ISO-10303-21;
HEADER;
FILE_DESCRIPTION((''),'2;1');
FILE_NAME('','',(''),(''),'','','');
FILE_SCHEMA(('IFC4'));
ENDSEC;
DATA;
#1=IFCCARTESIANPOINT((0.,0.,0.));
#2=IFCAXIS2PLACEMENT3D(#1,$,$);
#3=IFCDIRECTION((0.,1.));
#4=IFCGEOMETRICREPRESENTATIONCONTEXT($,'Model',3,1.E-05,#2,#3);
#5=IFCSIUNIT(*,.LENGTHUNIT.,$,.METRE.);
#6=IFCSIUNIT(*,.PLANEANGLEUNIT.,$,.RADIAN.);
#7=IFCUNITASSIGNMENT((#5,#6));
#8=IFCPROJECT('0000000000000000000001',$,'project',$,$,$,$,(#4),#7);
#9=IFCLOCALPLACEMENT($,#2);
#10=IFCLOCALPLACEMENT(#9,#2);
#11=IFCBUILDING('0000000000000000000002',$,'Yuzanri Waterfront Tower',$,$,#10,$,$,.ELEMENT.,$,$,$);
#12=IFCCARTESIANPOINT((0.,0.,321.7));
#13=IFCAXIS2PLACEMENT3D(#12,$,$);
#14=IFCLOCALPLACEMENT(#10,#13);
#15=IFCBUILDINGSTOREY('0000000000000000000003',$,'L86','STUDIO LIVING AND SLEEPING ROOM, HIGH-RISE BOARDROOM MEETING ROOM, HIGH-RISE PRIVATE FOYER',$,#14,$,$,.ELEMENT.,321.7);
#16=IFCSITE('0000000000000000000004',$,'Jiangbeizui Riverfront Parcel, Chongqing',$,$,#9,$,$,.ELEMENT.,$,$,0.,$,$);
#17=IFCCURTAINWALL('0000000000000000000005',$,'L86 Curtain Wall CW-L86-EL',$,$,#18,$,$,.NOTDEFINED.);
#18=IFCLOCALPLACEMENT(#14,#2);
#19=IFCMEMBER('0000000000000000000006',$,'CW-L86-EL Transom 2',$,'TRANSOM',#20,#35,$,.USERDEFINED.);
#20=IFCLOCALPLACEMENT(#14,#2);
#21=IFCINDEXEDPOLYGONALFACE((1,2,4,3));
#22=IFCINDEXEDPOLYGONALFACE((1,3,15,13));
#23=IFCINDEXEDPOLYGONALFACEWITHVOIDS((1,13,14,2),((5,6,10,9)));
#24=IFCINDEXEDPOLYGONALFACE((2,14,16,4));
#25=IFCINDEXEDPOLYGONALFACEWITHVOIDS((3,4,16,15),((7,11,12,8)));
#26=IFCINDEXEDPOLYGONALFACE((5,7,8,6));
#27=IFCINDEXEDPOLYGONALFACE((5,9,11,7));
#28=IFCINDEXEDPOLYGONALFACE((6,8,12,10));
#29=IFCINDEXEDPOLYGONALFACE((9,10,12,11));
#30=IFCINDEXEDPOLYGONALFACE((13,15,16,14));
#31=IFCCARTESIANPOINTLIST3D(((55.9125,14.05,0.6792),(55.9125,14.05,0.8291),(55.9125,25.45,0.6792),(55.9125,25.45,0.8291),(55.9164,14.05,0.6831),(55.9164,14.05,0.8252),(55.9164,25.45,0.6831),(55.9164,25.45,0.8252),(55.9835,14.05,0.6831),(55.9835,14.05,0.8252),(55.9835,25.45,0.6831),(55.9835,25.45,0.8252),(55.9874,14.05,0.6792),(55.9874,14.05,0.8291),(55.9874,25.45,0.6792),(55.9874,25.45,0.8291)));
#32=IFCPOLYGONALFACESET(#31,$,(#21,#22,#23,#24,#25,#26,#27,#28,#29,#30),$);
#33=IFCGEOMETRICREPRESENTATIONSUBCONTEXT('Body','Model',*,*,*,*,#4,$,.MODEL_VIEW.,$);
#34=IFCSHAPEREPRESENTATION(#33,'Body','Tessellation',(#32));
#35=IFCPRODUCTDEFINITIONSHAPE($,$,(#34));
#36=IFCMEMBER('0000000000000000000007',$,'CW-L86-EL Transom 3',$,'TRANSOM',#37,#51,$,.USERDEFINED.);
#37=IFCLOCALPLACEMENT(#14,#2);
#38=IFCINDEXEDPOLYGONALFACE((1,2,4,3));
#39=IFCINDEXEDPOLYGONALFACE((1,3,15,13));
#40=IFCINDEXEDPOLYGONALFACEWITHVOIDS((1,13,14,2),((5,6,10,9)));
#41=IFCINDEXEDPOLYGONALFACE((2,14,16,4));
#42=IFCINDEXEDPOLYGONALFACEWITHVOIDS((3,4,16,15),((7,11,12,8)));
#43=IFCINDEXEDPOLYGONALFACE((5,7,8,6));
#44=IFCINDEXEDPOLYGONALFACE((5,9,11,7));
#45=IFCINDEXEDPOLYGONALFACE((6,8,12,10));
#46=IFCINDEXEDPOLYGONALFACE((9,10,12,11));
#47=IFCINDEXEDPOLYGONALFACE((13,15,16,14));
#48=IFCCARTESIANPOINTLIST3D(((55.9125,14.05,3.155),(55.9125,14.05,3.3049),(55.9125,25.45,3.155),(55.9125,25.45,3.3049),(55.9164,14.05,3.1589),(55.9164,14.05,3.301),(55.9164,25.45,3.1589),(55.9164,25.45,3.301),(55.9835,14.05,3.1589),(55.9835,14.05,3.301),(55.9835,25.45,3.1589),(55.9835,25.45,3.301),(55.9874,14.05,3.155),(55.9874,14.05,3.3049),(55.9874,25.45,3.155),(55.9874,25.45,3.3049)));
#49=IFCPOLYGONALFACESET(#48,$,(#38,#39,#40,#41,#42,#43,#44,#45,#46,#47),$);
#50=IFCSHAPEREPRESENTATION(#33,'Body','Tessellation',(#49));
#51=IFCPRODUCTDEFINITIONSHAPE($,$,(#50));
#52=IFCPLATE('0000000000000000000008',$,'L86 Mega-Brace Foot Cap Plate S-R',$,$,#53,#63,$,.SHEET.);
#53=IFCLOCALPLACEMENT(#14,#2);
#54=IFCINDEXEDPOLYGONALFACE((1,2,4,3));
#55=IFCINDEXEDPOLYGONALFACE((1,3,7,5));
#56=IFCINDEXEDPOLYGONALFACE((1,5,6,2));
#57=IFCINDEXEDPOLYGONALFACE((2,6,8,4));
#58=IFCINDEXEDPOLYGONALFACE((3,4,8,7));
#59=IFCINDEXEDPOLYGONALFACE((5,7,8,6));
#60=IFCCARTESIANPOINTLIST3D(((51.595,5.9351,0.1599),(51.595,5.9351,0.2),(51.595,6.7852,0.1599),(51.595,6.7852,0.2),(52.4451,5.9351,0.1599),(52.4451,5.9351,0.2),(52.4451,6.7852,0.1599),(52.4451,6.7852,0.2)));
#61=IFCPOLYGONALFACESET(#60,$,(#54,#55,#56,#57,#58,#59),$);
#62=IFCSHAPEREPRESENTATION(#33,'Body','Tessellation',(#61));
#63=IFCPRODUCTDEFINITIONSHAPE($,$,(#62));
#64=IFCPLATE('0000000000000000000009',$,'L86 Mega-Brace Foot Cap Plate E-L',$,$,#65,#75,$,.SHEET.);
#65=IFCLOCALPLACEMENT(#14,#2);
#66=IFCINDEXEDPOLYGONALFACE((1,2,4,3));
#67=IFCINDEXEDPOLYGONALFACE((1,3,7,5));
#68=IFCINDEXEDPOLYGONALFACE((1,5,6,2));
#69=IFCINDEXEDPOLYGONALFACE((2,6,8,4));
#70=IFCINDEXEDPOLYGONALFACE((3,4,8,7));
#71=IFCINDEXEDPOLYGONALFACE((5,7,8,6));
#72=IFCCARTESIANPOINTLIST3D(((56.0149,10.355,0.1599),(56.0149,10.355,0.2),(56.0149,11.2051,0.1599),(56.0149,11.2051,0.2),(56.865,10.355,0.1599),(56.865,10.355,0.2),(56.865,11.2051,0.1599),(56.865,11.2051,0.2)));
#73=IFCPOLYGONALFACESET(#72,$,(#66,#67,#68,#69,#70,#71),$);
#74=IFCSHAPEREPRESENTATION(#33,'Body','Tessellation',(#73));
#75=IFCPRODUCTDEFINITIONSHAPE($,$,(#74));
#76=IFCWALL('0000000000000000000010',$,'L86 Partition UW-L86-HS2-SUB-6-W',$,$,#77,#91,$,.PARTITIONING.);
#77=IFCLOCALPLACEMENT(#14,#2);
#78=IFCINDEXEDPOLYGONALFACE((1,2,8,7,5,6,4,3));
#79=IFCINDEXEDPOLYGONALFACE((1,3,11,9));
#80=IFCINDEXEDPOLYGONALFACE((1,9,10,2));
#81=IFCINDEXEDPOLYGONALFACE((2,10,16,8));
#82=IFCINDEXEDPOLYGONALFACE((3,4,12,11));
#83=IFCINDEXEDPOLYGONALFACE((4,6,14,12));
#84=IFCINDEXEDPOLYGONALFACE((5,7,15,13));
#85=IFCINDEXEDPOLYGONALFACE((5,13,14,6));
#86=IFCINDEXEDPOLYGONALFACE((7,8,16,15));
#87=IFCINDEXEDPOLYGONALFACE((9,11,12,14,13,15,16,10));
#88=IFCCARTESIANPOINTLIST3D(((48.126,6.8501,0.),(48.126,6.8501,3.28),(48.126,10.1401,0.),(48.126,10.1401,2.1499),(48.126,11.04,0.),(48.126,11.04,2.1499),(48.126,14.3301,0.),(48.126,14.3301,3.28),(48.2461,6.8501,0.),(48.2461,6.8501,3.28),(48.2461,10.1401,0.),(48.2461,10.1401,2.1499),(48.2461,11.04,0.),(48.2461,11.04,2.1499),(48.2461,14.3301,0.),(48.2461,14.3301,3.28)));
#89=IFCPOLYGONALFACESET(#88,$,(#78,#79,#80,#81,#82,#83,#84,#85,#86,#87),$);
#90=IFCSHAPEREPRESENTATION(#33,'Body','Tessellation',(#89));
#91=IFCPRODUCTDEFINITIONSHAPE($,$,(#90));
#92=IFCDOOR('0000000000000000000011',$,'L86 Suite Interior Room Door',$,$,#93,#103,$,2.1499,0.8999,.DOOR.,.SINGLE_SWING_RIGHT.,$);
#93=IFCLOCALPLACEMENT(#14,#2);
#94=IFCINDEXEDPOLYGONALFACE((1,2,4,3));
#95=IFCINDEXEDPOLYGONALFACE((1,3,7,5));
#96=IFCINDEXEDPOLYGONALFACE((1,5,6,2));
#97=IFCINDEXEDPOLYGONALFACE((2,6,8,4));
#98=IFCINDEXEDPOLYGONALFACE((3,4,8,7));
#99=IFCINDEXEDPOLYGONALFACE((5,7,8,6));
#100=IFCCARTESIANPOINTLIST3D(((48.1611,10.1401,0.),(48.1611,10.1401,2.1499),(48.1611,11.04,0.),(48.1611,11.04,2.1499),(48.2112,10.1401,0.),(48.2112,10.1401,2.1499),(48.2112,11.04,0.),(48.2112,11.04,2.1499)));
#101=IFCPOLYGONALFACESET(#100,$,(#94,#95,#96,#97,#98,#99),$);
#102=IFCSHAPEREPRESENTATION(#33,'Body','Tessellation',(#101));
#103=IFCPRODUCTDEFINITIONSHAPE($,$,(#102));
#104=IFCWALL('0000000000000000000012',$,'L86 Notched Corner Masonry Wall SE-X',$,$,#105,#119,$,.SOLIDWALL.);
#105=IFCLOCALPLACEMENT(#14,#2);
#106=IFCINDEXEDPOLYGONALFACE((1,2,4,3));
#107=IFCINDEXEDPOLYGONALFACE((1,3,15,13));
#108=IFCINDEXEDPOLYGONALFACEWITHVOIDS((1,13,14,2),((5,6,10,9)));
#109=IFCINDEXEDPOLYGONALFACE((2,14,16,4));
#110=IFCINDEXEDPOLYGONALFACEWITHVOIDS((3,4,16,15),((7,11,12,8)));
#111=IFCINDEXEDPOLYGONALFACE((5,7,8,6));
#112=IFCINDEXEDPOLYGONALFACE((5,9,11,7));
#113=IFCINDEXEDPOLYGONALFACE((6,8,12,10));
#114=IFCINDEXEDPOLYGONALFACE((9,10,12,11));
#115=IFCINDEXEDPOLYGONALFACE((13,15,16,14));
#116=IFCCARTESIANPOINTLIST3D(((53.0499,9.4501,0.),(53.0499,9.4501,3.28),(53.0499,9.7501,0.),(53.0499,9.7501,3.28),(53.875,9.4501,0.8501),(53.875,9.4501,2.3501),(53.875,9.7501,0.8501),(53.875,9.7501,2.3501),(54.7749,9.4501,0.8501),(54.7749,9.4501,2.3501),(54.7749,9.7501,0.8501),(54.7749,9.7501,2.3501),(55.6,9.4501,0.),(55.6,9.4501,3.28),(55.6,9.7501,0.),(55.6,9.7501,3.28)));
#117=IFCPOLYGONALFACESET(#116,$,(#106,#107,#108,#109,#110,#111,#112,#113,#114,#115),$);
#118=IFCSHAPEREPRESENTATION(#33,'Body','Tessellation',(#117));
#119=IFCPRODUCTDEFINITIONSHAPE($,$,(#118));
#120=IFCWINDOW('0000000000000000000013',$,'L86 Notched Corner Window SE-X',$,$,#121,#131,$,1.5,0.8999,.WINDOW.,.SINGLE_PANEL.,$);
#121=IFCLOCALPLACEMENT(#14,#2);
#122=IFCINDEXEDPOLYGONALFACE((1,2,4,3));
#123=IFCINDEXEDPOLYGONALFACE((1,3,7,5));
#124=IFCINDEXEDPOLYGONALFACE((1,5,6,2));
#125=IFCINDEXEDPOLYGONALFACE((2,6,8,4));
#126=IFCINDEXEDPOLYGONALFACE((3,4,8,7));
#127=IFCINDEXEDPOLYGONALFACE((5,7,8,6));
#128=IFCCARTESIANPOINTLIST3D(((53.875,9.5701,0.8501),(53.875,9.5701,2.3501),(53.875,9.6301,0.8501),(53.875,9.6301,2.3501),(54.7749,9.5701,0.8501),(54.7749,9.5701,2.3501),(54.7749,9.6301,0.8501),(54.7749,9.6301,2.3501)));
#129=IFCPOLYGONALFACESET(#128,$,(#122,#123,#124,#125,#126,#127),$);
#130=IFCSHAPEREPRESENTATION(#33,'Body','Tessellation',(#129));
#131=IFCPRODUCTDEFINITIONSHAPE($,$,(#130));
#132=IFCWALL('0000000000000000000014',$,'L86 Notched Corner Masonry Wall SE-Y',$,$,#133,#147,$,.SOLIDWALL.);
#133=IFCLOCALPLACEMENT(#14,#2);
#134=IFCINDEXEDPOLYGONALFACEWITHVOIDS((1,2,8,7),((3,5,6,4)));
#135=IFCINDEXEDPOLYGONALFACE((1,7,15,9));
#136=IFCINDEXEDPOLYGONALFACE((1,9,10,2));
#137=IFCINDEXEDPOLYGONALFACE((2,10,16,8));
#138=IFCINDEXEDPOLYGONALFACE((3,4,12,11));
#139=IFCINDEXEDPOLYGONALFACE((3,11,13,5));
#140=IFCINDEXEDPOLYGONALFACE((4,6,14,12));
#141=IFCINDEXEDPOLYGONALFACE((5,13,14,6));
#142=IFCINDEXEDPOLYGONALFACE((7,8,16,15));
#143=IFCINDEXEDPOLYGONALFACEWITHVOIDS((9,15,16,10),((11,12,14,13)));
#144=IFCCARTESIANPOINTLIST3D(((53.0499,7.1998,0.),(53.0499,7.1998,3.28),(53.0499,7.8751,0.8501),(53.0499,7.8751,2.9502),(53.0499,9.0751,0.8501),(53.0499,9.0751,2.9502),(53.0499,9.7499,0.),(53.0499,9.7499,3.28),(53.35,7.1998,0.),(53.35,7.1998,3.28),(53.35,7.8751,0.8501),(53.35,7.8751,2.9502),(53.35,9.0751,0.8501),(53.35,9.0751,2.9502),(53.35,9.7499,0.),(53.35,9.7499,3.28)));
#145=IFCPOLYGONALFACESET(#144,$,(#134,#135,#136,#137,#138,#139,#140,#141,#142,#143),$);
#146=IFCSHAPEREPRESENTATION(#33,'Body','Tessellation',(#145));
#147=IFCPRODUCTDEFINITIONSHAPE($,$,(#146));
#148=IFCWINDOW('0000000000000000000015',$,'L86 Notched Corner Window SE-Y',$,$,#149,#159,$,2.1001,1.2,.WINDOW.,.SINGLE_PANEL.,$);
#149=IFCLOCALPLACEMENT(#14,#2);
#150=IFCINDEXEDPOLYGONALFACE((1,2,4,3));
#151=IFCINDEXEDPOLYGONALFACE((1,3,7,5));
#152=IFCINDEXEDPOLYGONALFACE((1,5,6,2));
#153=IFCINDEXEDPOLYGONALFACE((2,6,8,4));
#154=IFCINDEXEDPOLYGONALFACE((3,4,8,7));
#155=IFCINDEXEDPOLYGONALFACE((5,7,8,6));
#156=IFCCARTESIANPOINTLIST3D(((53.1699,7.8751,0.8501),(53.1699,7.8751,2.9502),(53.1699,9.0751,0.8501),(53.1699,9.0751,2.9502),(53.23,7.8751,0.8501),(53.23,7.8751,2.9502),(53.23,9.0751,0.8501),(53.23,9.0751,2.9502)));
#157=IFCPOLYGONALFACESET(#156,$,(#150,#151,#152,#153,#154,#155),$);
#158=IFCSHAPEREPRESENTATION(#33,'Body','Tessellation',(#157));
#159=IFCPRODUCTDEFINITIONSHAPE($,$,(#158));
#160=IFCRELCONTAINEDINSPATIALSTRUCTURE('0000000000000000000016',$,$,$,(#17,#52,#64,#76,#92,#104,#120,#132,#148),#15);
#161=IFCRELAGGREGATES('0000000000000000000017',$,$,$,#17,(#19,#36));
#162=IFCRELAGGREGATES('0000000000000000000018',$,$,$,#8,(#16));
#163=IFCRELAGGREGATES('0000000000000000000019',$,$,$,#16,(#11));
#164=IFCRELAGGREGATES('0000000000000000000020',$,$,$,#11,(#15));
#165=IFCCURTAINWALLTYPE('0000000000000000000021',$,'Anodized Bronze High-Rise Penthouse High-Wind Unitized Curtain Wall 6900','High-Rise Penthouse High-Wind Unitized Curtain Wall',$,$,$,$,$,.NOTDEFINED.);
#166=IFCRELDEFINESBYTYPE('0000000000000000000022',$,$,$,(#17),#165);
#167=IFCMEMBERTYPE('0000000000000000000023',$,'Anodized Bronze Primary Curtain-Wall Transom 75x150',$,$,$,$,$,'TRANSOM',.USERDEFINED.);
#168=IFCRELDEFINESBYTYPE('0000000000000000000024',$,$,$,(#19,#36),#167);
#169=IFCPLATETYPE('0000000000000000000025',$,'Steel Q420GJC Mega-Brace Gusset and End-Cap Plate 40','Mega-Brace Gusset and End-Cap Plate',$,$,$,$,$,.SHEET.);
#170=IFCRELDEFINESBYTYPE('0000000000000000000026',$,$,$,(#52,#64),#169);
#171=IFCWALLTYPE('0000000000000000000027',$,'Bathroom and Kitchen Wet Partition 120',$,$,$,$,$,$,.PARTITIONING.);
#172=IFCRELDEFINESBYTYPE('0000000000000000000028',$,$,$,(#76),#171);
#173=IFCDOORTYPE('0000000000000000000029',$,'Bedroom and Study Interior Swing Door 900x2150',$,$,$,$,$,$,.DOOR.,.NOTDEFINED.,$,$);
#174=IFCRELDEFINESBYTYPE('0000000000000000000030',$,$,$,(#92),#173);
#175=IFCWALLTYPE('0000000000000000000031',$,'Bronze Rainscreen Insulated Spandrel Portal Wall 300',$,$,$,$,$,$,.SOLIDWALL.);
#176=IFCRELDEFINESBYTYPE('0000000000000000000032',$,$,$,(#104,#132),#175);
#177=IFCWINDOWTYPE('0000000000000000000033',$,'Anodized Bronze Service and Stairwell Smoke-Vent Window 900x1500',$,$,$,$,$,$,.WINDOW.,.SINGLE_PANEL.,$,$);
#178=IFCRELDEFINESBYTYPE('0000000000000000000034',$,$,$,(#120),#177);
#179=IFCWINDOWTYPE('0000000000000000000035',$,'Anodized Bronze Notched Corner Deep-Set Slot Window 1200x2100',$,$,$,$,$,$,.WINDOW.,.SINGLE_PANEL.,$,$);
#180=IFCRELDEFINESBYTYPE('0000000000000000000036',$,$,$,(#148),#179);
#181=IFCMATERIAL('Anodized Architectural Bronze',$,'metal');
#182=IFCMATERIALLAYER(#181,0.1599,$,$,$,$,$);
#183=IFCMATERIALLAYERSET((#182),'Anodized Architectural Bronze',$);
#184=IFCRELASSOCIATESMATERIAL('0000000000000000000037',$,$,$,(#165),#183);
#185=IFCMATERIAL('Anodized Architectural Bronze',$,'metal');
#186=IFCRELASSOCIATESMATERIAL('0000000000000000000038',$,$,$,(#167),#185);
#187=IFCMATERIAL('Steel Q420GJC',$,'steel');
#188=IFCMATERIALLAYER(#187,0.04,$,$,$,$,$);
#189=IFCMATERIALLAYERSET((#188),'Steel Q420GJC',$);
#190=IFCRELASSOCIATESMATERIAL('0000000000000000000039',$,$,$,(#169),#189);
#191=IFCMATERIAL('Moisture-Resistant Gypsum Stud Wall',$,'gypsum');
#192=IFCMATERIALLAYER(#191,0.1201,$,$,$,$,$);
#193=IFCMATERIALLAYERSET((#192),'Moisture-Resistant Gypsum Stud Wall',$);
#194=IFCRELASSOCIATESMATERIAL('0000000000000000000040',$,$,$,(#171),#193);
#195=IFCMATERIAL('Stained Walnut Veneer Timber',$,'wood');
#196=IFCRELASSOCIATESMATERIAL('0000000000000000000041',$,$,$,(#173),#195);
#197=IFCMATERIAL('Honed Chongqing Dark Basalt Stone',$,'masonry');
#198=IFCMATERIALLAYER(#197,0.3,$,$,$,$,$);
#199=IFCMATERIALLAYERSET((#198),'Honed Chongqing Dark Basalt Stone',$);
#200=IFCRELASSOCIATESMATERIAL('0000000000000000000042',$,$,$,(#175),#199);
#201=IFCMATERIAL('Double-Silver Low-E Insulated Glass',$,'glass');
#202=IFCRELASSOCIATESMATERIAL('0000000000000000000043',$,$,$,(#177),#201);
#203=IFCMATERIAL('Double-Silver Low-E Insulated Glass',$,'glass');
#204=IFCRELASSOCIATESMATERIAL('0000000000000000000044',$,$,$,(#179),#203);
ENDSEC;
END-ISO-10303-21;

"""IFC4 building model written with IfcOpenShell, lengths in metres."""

from ifc_helpers import new_model, si_unit, direction, frame, frame_2d, origin, origin_2d, place, context, subcontext, project, spatial, rectangle, hollow_rectangle, extrude, source, transform, mapped, material, layer, layer_set, material_profile, profile_set, type_object, element, fill, aggregate, save


model = new_model("IFC4")

# Units and contexts
model_context = context("Model", 3, precision=1e-05, world=origin(), true_north=direction((0.0, 1.0)))
body_context = subcontext(model_context, "Body", "Model", "MODEL_VIEW")
ifc_project = project(units=[si_unit("LENGTHUNIT", "METRE"), si_unit("PLANEANGLEUNIT", "RADIAN")], contexts=[model_context])

# Site, building, storey
site_placement = place(None, origin())
site = spatial("IfcSite", under=ifc_project, at=site_placement, Name="Jiangbeizui Riverfront Parcel, Chongqing", CompositionType="ELEMENT", RefElevation=0.0)
building_placement = place(site_placement, origin())
building = spatial("IfcBuilding", under=site, at=building_placement, Name="Yuzanri Waterfront Tower", CompositionType="ELEMENT")
storey_placement = place(building_placement, frame((0.0, 0.0, 321.7)))
storey = spatial("IfcBuildingStorey", under=building, at=storey_placement, Name="L86", Description="STUDIO LIVING AND SLEEPING ROOM, HIGH-RISE BOARDROOM MEETING ROOM, HIGH-RISE PRIVATE FOYER", CompositionType="ELEMENT", Elevation=321.7)

# Curtain wall, members
ifc_material_1 = material(Name="Anodized Architectural Bronze", Category="metal")
ifc_layer_1 = layer(ifc_material_1, 0.1599)
ifc_layer_set_1 = layer_set([ifc_layer_1], Name="Anodized Architectural Bronze")
curtain_wall_type = type_object("IfcCurtainWallType", Name="Anodized Bronze High-Rise Penthouse High-Wind Unitized Curtain Wall 6900", Description="High-Rise Penthouse High-Wind Unitized Curtain Wall", PredefinedType="NOTDEFINED", material=ifc_layer_set_1)
curtain_wall_1_placement = place(storey_placement, origin())
curtain_wall_1 = element("IfcCurtainWall", 1, at=curtain_wall_1_placement, inside=storey, type_object=curtain_wall_type, Name="L86 Curtain Wall CW-L86-EL", PredefinedType="NOTDEFINED")
ifc_material_2 = material(Name="Anodized Architectural Bronze", Category="metal")
ifc_material_profile_1 = material_profile(ifc_material_2, hollow_rectangle(XDim=0.075, YDim=0.1499, WallThickness=0.0039, at=origin_2d()), Name="CWT 75x150")
ifc_profile_set_1 = profile_set([ifc_material_profile_1], Name="Anodized Architectural Bronze")
member_type_1 = type_object("IfcMemberType", Name="Anodized Bronze Primary Curtain-Wall Transom 75x150", ElementType="TRANSOM", PredefinedType="USERDEFINED", material=ifc_profile_set_1)
shared_shape_1 = source(origin(), body_context, "Body", "SweptSolid", [
    extrude(hollow_rectangle(XDim=0.075, YDim=0.1499, WallThickness=0.0039, at=origin_2d()), origin(), (0.0, 0.0, 1.0), 11.3999),
])
member_1_placement = place(storey_placement, frame((55.95, 14.05, 0.7542), z_axis=(0.0, 1.0, 0.0), x_axis=(-1.0, 0.0, 0.0)))
member_1 = element("IfcMember", 2, at=member_1_placement, type_object=member_type_1, Name="CW-L86-EL Transom 2", ObjectType="TRANSOM", PredefinedType="USERDEFINED", context=body_context, shape_type="MappedRepresentation", body=[
    mapped(shared_shape_1, transform((0.0, 0.0, 0.0), scale=1.0)),
])
member_2_placement = place(storey_placement, frame((55.95, 14.05, 3.23), z_axis=(0.0, 1.0, 0.0), x_axis=(-1.0, 0.0, 0.0)))
member_2 = element("IfcMember", 3, at=member_2_placement, type_object=member_type_1, Name="CW-L86-EL Transom 3", ObjectType="TRANSOM", PredefinedType="USERDEFINED", context=body_context, shape_type="MappedRepresentation", body=[
    mapped(shared_shape_1, transform((0.0, 0.0, 0.0), scale=1.0)),
])
aggregate(curtain_wall_1, [member_1, member_2])

# Plates
ifc_material_3 = material(Name="Steel Q420GJC", Category="steel")
ifc_layer_2 = layer(ifc_material_3, 0.04)
ifc_layer_set_2 = layer_set([ifc_layer_2], Name="Steel Q420GJC")
plate_type = type_object("IfcPlateType", Name="Steel Q420GJC Mega-Brace Gusset and End-Cap Plate 40", Description="Mega-Brace Gusset and End-Cap Plate", PredefinedType="SHEET", material=ifc_layer_set_2)
shared_shape_2 = source(origin(), body_context, "Body", "SweptSolid", [
    extrude(rectangle(XDim=0.8501, YDim=0.8501, at=origin_2d()), origin(), (0.0, 0.0, 1.0), 0.04),
])
for number, where, z_axis, x_axis, name in (
    (4, (52.02, 6.3601, 0.1599), (0.0, 0.0, 1.0), (1.0, 0.0, 0.0), "L86 Mega-Brace Foot Cap Plate S-R"),
    (5, (56.4399, 10.78, 0.1599), (0.0, 0.0, 1.0), (1.0, 0.0, 0.0), "L86 Mega-Brace Foot Cap Plate E-L"),
):
    element("IfcPlate", number, at=place(storey_placement, frame(where, z_axis=z_axis, x_axis=x_axis)), inside=storey, type_object=plate_type, Name=name, PredefinedType="SHEET", context=body_context, shape_type="MappedRepresentation", body=[
        mapped(shared_shape_2, transform((0.0, 0.0, 0.0), scale=1.0)),
    ])

# Wall, opening, door
ifc_material_4 = material(Name="Moisture-Resistant Gypsum Stud Wall", Category="gypsum")
ifc_layer_3 = layer(ifc_material_4, 0.1201)
ifc_layer_set_3 = layer_set([ifc_layer_3], Name="Moisture-Resistant Gypsum Stud Wall")
wall_type_1 = type_object("IfcWallType", Name="Bathroom and Kitchen Wet Partition 120", PredefinedType="PARTITIONING", material=ifc_layer_set_3)
wall_1_placement = place(storey_placement, frame((48.186, 6.8501, 0.0), z_axis=(0.0, 0.0, 1.0), x_axis=(0.0, 1.0, 0.0)))
wall_1 = element("IfcWall", 6, at=wall_1_placement, inside=storey, type_object=wall_type_1, Name="L86 Partition UW-L86-HS2-SUB-6-W", PredefinedType="PARTITIONING", context=body_context, shape_type="SweptSolid", body=[
    extrude(rectangle(XDim=7.48, YDim=0.1201, at=frame_2d((3.74, 0.0))), origin(), (0.0, 0.0, 1.0), 3.28),
])
opening_1_placement = place(wall_1_placement, frame((3.29, 0.0, 0.0)))
opening_1 = element("IfcOpeningElement", 7, at=opening_1_placement, cuts=wall_1, PredefinedType="OPENING", context=body_context, shape_type="SweptSolid", body=[
    extrude(rectangle(XDim=0.8999, YDim=2.1499, at=frame_2d((0.45, 1.075))), frame((0.0, 0.075, 0.0), z_axis=(0.0, -1.0, 0.0), x_axis=(1.0, 0.0, 0.0)), (0.0, 0.0, 1.0), 0.1499),
])
ifc_material_5 = material(Name="Stained Walnut Veneer Timber", Category="wood")
door_type = type_object("IfcDoorType", Name="Bedroom and Study Interior Swing Door 900x2150", OperationType="NOTDEFINED", PredefinedType="DOOR", material=ifc_material_5)
shared_shape_3 = source(origin(), body_context, "Body", "SweptSolid", [
    extrude(rectangle(XDim=0.8999, YDim=2.1499, at=frame_2d((0.45, 1.075))), frame((0.0, 0.0249, 0.0), z_axis=(0.0, -1.0, 0.0), x_axis=(1.0, 0.0, 0.0)), (0.0, 0.0, 1.0), 0.05),
])
door_placement = place(opening_1_placement, origin())
door = element("IfcDoor", 8, at=door_placement, inside=storey, type_object=door_type, Name="L86 Suite Interior Room Door", OperationType="SINGLE_SWING_RIGHT", OverallHeight=2.1499, OverallWidth=0.8999, PredefinedType="DOOR", context=body_context, shape_type="MappedRepresentation", body=[
    mapped(shared_shape_3, transform((0.0, 0.0, 0.0), scale=1.0)),
])
fill(opening_1, door)

# Walls, openings, windows
ifc_material_6 = material(Name="Honed Chongqing Dark Basalt Stone", Category="masonry")
ifc_layer_4 = layer(ifc_material_6, 0.3)
ifc_layer_set_4 = layer_set([ifc_layer_4], Name="Honed Chongqing Dark Basalt Stone")
wall_type_2 = type_object("IfcWallType", Name="Bronze Rainscreen Insulated Spandrel Portal Wall 300", PredefinedType="SOLIDWALL", material=ifc_layer_set_4)
wall_2_placement = place(storey_placement, frame((53.05, 9.6001, 0.0), z_axis=(0.0, 0.0, 1.0), x_axis=(1.0, 0.0, 0.0)))
wall_2 = element("IfcWall", 9, at=wall_2_placement, inside=storey, type_object=wall_type_2, Name="L86 Notched Corner Masonry Wall SE-X", PredefinedType="SOLIDWALL", context=body_context, shape_type="SweptSolid", body=[
    extrude(rectangle(XDim=2.55, YDim=0.3, at=frame_2d((1.2749, 0.0))), origin(), (0.0, 0.0, 1.0), 3.28),
])
opening_2_placement = place(wall_2_placement, frame((0.825, 0.0, 0.8501)))
opening_2 = element("IfcOpeningElement", 10, at=opening_2_placement, cuts=wall_2, PredefinedType="OPENING", context=body_context, shape_type="SweptSolid", body=[
    extrude(rectangle(XDim=0.8999, YDim=1.5, at=frame_2d((0.45, 0.75))), frame((0.0, 0.165, 0.0), z_axis=(0.0, -1.0, 0.0), x_axis=(1.0, 0.0, 0.0)), (0.0, 0.0, 1.0), 0.3298),
])
ifc_material_7 = material(Name="Double-Silver Low-E Insulated Glass", Category="glass")
window_type_1 = type_object("IfcWindowType", Name="Anodized Bronze Service and Stairwell Smoke-Vent Window 900x1500", PartitioningType="SINGLE_PANEL", PredefinedType="WINDOW", material=ifc_material_7)
shared_shape_4 = source(origin(), body_context, "Body", "SweptSolid", [
    extrude(rectangle(XDim=0.8999, YDim=1.5, at=frame_2d((0.45, 0.75))), frame((0.0, 0.03, 0.0), z_axis=(0.0, -1.0, 0.0), x_axis=(1.0, 0.0, 0.0)), (0.0, 0.0, 1.0), 0.0601),
])
window_1_placement = place(opening_2_placement, origin())
window_1 = element("IfcWindow", 11, at=window_1_placement, inside=storey, type_object=window_type_1, Name="L86 Notched Corner Window SE-X", OverallHeight=1.5, OverallWidth=0.8999, PartitioningType="SINGLE_PANEL", PredefinedType="WINDOW", context=body_context, shape_type="MappedRepresentation", body=[
    mapped(shared_shape_4, transform((0.0, 0.0, 0.0), scale=1.0)),
])
fill(opening_2, window_1)
wall_3_placement = place(storey_placement, frame((53.2, 7.2, 0.0), z_axis=(0.0, 0.0, 1.0), x_axis=(0.0, 1.0, 0.0)))
wall_3 = element("IfcWall", 12, at=wall_3_placement, inside=storey, type_object=wall_type_2, Name="L86 Notched Corner Masonry Wall SE-Y", PredefinedType="SOLIDWALL", context=body_context, shape_type="SweptSolid", body=[
    extrude(rectangle(XDim=2.55, YDim=0.3, at=frame_2d((1.2749, 0.0))), origin(), (0.0, 0.0, 1.0), 3.28),
])
opening_3_placement = place(wall_3_placement, frame((0.675, 0.0, 0.8501)))
opening_3 = element("IfcOpeningElement", 13, at=opening_3_placement, cuts=wall_3, PredefinedType="OPENING", context=body_context, shape_type="SweptSolid", body=[
    extrude(rectangle(XDim=1.2, YDim=2.1001, at=frame_2d((0.6001, 1.05))), frame((0.0, 0.165, 0.0), z_axis=(0.0, -1.0, 0.0), x_axis=(1.0, 0.0, 0.0)), (0.0, 0.0, 1.0), 0.3298),
])
ifc_material_8 = material(Name="Double-Silver Low-E Insulated Glass", Category="glass")
window_type_2 = type_object("IfcWindowType", Name="Anodized Bronze Notched Corner Deep-Set Slot Window 1200x2100", PartitioningType="SINGLE_PANEL", PredefinedType="WINDOW", material=ifc_material_8)
shared_shape_5 = source(origin(), body_context, "Body", "SweptSolid", [
    extrude(rectangle(XDim=1.2, YDim=2.1001, at=frame_2d((0.6001, 1.05))), frame((0.0, 0.03, 0.0), z_axis=(0.0, -1.0, 0.0), x_axis=(1.0, 0.0, 0.0)), (0.0, 0.0, 1.0), 0.0601),
])
window_2_placement = place(opening_3_placement, origin())
window_2 = element("IfcWindow", 14, at=window_2_placement, inside=storey, type_object=window_type_2, Name="L86 Notched Corner Window SE-Y", OverallHeight=2.1001, OverallWidth=1.2, PartitioningType="SINGLE_PANEL", PredefinedType="WINDOW", context=body_context, shape_type="MappedRepresentation", body=[
    mapped(shared_shape_5, transform((0.0, 0.0, 0.0), scale=1.0)),
])
fill(opening_3, window_2)

save(model, "model.ifc")
